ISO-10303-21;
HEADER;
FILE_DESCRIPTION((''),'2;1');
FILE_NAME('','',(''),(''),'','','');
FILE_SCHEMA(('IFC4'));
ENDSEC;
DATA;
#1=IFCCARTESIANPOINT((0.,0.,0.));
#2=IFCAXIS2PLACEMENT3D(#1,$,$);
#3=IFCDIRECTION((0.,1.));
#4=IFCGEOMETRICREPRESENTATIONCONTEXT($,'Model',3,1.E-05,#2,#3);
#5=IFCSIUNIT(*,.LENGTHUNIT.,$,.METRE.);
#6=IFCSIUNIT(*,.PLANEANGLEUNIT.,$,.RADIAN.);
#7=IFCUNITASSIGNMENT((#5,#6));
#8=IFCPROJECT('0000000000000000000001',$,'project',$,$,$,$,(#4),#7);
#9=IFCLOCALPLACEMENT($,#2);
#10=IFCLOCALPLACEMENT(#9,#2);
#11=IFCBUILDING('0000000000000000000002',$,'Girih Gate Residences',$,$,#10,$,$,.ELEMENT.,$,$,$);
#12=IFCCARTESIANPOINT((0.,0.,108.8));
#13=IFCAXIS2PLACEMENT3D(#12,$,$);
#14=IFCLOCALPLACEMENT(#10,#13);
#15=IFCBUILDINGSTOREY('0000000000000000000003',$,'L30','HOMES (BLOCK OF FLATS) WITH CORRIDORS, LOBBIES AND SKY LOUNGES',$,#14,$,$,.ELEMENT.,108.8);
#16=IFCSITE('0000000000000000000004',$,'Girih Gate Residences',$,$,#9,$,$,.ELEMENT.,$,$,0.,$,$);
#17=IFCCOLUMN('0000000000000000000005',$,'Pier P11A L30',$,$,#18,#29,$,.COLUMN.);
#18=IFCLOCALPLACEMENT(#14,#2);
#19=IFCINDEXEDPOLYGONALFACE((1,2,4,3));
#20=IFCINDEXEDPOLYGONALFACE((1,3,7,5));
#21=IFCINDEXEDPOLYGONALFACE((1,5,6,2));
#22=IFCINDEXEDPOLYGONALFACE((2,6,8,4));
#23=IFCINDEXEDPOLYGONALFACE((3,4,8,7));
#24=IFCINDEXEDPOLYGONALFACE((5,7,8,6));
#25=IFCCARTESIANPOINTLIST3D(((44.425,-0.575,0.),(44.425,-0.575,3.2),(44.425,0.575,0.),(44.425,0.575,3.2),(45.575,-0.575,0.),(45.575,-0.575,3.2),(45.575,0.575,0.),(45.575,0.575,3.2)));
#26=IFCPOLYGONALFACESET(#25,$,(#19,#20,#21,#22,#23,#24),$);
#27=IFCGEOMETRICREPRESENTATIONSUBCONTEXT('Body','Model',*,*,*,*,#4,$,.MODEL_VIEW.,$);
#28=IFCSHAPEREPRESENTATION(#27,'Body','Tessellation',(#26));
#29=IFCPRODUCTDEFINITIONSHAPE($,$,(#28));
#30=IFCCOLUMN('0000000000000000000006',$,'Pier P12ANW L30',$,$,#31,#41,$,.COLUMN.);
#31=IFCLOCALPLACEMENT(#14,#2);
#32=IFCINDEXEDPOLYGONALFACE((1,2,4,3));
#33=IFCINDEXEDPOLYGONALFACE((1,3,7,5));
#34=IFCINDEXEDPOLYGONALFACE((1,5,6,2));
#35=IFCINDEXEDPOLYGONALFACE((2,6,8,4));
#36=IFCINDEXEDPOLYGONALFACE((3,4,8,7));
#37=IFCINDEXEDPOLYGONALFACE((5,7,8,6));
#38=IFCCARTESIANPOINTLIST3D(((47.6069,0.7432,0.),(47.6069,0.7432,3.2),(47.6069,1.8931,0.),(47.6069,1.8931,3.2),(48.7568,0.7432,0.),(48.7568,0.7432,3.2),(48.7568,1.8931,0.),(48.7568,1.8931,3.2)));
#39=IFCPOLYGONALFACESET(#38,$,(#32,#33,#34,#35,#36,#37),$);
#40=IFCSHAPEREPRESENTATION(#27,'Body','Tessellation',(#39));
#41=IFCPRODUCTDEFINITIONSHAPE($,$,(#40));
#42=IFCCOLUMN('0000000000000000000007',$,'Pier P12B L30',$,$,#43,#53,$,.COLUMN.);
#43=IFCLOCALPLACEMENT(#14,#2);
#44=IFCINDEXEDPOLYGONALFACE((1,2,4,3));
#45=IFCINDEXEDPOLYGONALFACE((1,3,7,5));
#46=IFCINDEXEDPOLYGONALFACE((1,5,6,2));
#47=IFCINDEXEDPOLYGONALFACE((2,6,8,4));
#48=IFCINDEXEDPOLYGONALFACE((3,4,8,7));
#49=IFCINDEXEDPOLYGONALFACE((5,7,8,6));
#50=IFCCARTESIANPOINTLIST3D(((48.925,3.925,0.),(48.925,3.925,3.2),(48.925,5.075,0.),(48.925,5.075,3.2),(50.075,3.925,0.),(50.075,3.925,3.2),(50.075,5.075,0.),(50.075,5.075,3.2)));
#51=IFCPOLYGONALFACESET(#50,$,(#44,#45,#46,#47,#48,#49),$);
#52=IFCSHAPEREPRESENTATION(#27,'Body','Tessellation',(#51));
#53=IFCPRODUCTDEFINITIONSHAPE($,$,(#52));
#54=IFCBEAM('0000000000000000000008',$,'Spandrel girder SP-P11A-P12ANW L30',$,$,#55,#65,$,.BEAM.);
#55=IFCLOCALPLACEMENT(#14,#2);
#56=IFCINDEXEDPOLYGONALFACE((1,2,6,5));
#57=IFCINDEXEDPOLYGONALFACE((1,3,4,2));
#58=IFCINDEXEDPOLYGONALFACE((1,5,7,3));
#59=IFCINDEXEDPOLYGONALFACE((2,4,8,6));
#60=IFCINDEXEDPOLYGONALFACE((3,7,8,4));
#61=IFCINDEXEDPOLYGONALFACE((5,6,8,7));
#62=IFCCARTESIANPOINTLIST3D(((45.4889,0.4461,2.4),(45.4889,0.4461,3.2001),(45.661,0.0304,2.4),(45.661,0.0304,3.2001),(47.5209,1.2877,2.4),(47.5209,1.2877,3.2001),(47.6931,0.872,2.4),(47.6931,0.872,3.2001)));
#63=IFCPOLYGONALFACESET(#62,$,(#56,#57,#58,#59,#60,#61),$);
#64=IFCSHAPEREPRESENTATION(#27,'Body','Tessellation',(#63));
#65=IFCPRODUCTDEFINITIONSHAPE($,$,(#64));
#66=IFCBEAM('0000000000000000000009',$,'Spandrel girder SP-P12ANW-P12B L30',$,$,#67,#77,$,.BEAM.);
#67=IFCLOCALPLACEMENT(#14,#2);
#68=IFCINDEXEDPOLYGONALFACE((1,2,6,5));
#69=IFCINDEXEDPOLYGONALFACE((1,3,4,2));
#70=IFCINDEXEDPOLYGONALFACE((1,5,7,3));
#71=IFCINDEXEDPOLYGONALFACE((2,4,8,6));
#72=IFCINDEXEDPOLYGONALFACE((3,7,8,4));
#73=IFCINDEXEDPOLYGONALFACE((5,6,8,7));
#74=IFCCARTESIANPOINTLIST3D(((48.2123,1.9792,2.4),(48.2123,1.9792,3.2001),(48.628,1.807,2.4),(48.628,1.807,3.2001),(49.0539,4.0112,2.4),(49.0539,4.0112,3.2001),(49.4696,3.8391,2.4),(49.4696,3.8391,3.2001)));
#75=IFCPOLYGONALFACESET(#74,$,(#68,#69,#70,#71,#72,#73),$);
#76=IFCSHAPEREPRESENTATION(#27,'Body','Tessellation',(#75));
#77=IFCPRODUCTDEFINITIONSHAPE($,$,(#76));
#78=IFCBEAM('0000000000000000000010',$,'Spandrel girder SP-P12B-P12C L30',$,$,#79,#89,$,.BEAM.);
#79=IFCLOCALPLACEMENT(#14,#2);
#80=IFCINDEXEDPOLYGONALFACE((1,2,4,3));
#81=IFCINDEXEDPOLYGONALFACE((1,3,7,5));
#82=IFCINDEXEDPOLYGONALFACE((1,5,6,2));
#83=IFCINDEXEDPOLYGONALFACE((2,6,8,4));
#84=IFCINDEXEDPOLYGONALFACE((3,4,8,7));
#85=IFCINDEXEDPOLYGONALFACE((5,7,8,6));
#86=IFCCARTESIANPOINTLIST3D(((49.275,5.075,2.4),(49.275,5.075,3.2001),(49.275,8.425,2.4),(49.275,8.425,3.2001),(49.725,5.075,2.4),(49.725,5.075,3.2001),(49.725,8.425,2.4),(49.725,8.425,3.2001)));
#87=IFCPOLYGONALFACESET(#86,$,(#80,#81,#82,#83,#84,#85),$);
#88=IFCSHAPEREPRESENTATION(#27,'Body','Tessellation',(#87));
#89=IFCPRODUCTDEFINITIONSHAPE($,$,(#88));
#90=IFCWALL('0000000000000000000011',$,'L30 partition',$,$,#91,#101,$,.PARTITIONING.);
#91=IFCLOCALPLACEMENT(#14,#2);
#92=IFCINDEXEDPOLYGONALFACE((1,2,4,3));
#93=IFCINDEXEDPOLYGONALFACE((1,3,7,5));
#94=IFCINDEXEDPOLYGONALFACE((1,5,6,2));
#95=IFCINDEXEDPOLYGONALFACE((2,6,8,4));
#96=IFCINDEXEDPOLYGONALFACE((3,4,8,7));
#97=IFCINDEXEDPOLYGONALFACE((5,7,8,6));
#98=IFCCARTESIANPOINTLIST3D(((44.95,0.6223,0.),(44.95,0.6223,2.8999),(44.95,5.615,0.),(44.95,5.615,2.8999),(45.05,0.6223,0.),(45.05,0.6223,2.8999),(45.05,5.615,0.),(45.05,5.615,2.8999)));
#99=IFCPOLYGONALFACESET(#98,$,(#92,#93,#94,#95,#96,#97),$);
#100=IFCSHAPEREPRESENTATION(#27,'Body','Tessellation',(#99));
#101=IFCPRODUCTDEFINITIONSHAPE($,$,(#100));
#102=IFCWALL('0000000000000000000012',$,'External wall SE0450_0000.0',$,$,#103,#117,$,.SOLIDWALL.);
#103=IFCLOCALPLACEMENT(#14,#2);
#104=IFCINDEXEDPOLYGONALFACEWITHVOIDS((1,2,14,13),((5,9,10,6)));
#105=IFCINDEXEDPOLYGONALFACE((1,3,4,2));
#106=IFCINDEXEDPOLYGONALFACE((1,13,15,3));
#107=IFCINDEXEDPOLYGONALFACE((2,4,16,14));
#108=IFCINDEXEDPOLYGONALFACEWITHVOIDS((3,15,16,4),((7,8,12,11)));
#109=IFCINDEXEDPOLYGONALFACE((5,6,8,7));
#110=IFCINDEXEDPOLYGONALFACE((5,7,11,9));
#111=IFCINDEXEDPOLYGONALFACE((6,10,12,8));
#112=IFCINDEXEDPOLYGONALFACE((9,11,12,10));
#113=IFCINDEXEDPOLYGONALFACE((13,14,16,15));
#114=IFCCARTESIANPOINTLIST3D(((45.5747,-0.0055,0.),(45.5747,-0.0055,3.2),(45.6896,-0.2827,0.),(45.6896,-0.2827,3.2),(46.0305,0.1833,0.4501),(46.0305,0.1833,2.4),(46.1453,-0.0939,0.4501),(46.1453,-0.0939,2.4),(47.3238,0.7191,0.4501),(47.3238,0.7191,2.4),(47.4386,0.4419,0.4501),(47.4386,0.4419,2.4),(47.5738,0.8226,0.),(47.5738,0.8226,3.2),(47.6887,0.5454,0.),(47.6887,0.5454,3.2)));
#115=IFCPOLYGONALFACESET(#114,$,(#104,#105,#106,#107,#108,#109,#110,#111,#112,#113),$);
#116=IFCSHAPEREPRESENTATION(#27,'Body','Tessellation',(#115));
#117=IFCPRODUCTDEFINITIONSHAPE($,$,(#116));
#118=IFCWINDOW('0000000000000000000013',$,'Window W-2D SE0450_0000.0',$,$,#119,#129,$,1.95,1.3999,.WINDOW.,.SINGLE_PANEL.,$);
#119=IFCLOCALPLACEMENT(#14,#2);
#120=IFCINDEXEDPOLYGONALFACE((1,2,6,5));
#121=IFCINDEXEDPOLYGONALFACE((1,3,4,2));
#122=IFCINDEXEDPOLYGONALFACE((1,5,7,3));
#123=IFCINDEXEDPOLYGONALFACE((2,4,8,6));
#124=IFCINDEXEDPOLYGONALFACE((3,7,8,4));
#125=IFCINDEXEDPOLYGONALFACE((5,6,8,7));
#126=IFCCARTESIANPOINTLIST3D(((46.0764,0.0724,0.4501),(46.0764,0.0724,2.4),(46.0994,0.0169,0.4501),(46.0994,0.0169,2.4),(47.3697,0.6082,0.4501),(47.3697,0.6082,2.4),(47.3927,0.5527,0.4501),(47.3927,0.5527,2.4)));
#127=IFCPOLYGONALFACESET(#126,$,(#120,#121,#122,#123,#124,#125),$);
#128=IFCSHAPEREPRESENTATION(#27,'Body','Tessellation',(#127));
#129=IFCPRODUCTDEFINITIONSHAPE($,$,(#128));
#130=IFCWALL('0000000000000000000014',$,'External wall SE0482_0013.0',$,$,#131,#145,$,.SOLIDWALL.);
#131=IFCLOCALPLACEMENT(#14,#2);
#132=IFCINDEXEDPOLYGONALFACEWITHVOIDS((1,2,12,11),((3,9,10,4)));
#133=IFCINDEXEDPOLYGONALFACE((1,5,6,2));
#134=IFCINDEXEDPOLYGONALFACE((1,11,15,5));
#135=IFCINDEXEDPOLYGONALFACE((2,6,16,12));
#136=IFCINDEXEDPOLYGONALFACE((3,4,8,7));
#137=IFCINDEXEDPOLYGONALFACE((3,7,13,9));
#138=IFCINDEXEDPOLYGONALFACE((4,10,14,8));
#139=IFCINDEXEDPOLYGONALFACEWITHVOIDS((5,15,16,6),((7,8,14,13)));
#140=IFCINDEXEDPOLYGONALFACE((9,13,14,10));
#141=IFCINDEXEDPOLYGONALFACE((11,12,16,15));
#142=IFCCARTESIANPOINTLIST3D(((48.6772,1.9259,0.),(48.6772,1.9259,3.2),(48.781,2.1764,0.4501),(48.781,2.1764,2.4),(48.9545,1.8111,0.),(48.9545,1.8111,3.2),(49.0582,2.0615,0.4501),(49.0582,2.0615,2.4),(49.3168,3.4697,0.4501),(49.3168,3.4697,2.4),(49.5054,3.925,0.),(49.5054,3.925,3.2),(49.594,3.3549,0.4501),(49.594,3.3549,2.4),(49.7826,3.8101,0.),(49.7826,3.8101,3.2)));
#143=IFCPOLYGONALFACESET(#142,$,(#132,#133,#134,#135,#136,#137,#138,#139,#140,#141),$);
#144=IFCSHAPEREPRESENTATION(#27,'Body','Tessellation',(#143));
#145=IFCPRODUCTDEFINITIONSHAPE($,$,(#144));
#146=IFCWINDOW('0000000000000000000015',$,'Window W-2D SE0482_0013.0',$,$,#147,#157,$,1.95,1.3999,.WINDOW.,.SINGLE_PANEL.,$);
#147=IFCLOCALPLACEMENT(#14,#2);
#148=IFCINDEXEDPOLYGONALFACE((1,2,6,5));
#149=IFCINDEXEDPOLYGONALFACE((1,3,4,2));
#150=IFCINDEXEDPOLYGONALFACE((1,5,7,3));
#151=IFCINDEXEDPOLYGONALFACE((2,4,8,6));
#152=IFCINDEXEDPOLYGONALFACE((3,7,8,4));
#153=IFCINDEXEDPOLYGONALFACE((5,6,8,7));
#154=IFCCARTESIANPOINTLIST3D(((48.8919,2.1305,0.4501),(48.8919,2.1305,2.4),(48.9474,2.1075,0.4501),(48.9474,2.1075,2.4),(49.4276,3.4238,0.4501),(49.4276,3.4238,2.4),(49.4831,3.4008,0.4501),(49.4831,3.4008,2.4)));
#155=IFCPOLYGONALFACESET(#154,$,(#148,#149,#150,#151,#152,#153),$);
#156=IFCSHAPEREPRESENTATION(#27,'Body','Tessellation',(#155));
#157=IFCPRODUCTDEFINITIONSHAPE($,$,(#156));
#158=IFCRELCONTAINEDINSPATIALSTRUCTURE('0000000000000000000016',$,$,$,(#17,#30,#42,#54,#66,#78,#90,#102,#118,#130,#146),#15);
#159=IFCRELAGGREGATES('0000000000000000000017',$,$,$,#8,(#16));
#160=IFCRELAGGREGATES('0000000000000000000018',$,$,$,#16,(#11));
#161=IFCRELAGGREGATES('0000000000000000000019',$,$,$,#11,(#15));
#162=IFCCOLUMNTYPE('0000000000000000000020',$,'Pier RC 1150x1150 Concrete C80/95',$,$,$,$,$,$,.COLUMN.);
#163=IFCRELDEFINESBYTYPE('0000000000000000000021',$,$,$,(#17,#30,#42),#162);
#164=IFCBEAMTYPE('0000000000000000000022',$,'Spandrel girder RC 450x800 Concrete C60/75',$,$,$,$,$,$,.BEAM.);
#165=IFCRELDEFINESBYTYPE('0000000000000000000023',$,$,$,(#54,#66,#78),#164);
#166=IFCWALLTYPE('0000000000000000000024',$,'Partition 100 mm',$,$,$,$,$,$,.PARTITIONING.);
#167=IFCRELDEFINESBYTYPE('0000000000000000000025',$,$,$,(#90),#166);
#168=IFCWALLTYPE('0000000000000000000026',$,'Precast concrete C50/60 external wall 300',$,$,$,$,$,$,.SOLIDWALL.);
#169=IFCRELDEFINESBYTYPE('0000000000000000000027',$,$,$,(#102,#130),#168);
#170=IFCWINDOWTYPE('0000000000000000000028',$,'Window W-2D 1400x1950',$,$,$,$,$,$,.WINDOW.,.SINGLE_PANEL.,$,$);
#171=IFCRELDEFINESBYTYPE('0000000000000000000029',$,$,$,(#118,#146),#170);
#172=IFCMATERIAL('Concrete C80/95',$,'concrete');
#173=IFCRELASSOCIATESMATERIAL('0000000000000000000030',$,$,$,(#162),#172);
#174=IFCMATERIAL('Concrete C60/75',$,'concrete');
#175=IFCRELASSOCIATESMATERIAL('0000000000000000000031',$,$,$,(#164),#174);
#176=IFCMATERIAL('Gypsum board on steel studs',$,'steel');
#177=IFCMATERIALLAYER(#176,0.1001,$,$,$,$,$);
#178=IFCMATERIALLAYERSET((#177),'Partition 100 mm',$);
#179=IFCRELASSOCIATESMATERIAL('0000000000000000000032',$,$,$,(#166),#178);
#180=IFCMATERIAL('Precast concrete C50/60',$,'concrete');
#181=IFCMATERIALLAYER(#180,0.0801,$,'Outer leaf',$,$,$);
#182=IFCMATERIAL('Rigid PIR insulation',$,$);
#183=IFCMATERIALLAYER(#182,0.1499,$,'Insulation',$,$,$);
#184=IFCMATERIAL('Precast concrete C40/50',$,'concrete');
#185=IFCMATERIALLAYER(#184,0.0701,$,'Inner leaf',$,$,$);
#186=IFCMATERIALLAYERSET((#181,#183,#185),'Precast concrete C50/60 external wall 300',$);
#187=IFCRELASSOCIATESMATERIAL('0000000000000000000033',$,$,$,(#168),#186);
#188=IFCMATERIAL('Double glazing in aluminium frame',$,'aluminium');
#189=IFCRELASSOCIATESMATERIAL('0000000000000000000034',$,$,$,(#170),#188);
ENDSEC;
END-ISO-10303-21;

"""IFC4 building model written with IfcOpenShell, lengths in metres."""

from ifc_helpers import new_model, si_unit, direction, frame, frame_2d, origin, origin_2d, place, context, subcontext, project, spatial, rectangle, extrude, material, layer, layer_set, material_profile, profile_set, type_object, element, fill, save


model = new_model("IFC4")

# Units and contexts
model_context = context("Model", 3, precision=1e-05, world=origin(), true_north=direction((0.0, 1.0)))
body_context = subcontext(model_context, "Body", "Model", "MODEL_VIEW")
ifc_project = project(units=[si_unit("LENGTHUNIT", "METRE"), si_unit("PLANEANGLEUNIT", "RADIAN")], contexts=[model_context])

# Site, building, storey
site_placement = place(None, origin())
site = spatial("IfcSite", under=ifc_project, at=site_placement, Name="Girih Gate Residences", CompositionType="ELEMENT", RefElevation=0.0)
building_placement = place(site_placement, origin())
building = spatial("IfcBuilding", under=site, at=building_placement, Name="Girih Gate Residences", CompositionType="ELEMENT")
storey_placement = place(building_placement, frame((0.0, 0.0, 108.8)))
storey = spatial("IfcBuildingStorey", under=building, at=storey_placement, Name="L30", Description="HOMES (BLOCK OF FLATS) WITH CORRIDORS, LOBBIES AND SKY LOUNGES", CompositionType="ELEMENT", Elevation=108.8)

# Columns
ifc_material_1 = material(Name="Concrete C80/95", Category="concrete")
ifc_material_profile_1 = material_profile(ifc_material_1, rectangle(XDim=1.1499, YDim=1.1499, at=origin_2d()))
ifc_profile_set_1 = profile_set([ifc_material_profile_1], Name="Concrete C80/95")
column_type = type_object("IfcColumnType", Name="Pier RC 1150x1150 Concrete C80/95", PredefinedType="COLUMN", material=ifc_profile_set_1)
for number, where, z_axis, x_axis, name in (
    (1, (45.0, 0.0, 0.0), (0.0, 0.0, 1.0), (1.0, 0.0, 0.0), "Pier P11A L30"),
    (2, (48.1819, 1.3181, 0.0), (0.0, 0.0, 1.0), (1.0, 0.0, 0.0), "Pier P12ANW L30"),
    (3, (49.5, 4.5, 0.0), (0.0, 0.0, 1.0), (1.0, 0.0, 0.0), "Pier P12B L30"),
):
    element("IfcColumn", number, at=place(storey_placement, frame(where, z_axis=z_axis, x_axis=x_axis)), inside=storey, type_object=column_type, Name=name, PredefinedType="COLUMN", context=body_context, shape_type="SweptSolid", body=[
        extrude(rectangle(XDim=1.1499, YDim=1.1499, at=origin_2d()), origin(), (0.0, 0.0, 1.0), 3.2),
    ])

# Beams
ifc_material_2 = material(Name="Concrete C60/75", Category="concrete")
ifc_material_profile_2 = material_profile(ifc_material_2, rectangle(XDim=0.45, YDim=0.8, at=origin_2d()))
ifc_profile_set_2 = profile_set([ifc_material_profile_2], Name="Concrete C60/75")
beam_type = type_object("IfcBeamType", Name="Spandrel girder RC 450x800 Concrete C60/75", PredefinedType="BEAM", material=ifc_profile_set_2)
for number, where, z_axis, x_axis, name in (
    (4, (45.575, 0.2383, 2.8), (0.923899, 0.382636, 0.0), (-0.382636, 0.923899, 0.0), "Spandrel girder SP-P11A-P12ANW L30"),
    (5, (48.4202, 1.8931, 2.8), (0.382636, 0.923899, 0.0), (-0.923899, 0.382636, 0.0), "Spandrel girder SP-P12ANW-P12B L30"),
):
    element("IfcBeam", number, at=place(storey_placement, frame(where, z_axis=z_axis, x_axis=x_axis)), inside=storey, type_object=beam_type, Name=name, PredefinedType="BEAM", context=body_context, shape_type="SweptSolid", body=[
        extrude(rectangle(XDim=0.45, YDim=0.8, at=origin_2d()), origin(), (0.0, 0.0, 1.0), 2.1995),
    ])
beam_placement = place(storey_placement, frame((49.5, 5.075, 2.8), z_axis=(0.0, 1.0, 0.0), x_axis=(-1.0, 0.0, 0.0)))
element("IfcBeam", 6, at=beam_placement, inside=storey, type_object=beam_type, Name="Spandrel girder SP-P12B-P12C L30", PredefinedType="BEAM", context=body_context, shape_type="SweptSolid", body=[
    extrude(rectangle(XDim=0.45, YDim=0.8, at=origin_2d()), origin(), (0.0, 0.0, 1.0), 3.3501),
])

# Wall
ifc_material_3 = material(Name="Gypsum board on steel studs", Category="steel")
ifc_layer_1 = layer(ifc_material_3, 0.1001)
ifc_layer_set_1 = layer_set([ifc_layer_1], Name="Partition 100 mm")
wall_type_1 = type_object("IfcWallType", Name="Partition 100 mm", PredefinedType="PARTITIONING", material=ifc_layer_set_1)
wall_1_placement = place(storey_placement, frame((45.0, 0.6223, 0.0), z_axis=(0.0, 0.0, 1.0), x_axis=(0.0, 1.0, 0.0)))
element("IfcWall", 7, at=wall_1_placement, inside=storey, type_object=wall_type_1, Name="L30 partition", PredefinedType="PARTITIONING", context=body_context, shape_type="SweptSolid", body=[
    extrude(rectangle(XDim=4.9927, YDim=0.1001, at=frame_2d((2.4963, 0.0))), origin(), (0.0, 0.0, 1.0), 2.8999),
])

# Walls, openings, windows
ifc_material_4 = material(Name="Precast concrete C50/60", Category="concrete")
ifc_layer_2 = layer(ifc_material_4, 0.0801, Name="Outer leaf")
ifc_material_5 = material(Name="Rigid PIR insulation")
ifc_layer_3 = layer(ifc_material_5, 0.1499, Name="Insulation")
ifc_material_6 = material(Name="Precast concrete C40/50", Category="concrete")
ifc_layer_4 = layer(ifc_material_6, 0.0701, Name="Inner leaf")
ifc_layer_set_2 = layer_set([ifc_layer_2, ifc_layer_3, ifc_layer_4], Name="Precast concrete C50/60 external wall 300")
wall_type_2 = type_object("IfcWallType", Name="Precast concrete C50/60 external wall 300", PredefinedType="SOLIDWALL", material=ifc_layer_set_2)
wall_2_placement = place(storey_placement, frame((47.6313, 0.6841, 0.0), z_axis=(0.0, 0.0, 1.0), x_axis=(-0.923863, -0.382724, 0.0)))
wall_2 = element("IfcWall", 8, at=wall_2_placement, inside=storey, type_object=wall_type_2, Name="External wall SE0450_0000.0", PredefinedType="SOLIDWALL", context=body_context, shape_type="SweptSolid", body=[
    extrude(rectangle(XDim=2.1638, YDim=0.3, at=frame_2d((1.082, 0.0))), origin(), (0.0, 0.0, 1.0), 3.2),
])
opening_1_placement = place(wall_2_placement, frame((0.2708, 0.0, 0.45)))
opening_1 = element("IfcOpeningElement", 9, at=opening_1_placement, cuts=wall_2, PredefinedType="OPENING", context=body_context, shape_type="SweptSolid", body=[
    extrude(rectangle(XDim=1.3999, YDim=1.95, at=frame_2d((0.7, 0.9751))), frame((0.0, 0.1599, 0.0), z_axis=(0.0, -1.0, 0.0), x_axis=(1.0, 0.0, 0.0)), (0.0, 0.0, 1.0), 0.3201),
])
ifc_material_7 = material(Name="Double glazing in aluminium frame", Category="aluminium")
window_type_1 = type_object("IfcWindowType", Name="Window W-2D 1400x1950", PartitioningType="SINGLE_PANEL", PredefinedType="WINDOW", material=ifc_material_7)
window_1_placement = place(opening_1_placement, origin())
window_1 = element("IfcWindow", 10, at=window_1_placement, inside=storey, type_object=window_type_1, Name="Window W-2D SE0450_0000.0", OverallHeight=1.95, OverallWidth=1.3999, PartitioningType="SINGLE_PANEL", PredefinedType="WINDOW", context=body_context, shape_type="SweptSolid", body=[
    extrude(rectangle(XDim=1.3999, YDim=1.95, at=frame_2d((0.7, 0.9751))), frame((0.0, 0.03, 0.0), z_axis=(0.0, -1.0, 0.0), x_axis=(1.0, 0.0, 0.0)), (0.0, 0.0, 1.0), 0.0601),
])
fill(opening_1, window_1)
wall_3_placement = place(storey_placement, frame((49.644, 3.8677, 0.0), z_axis=(0.0, 0.0, 1.0), x_axis=(-0.382724, -0.923863, 0.0)))
wall_3 = element("IfcWall", 11, at=wall_3_placement, inside=storey, type_object=wall_type_2, Name="External wall SE0482_0013.0", PredefinedType="SOLIDWALL", context=body_context, shape_type="SweptSolid", body=[
    extrude(rectangle(XDim=2.1638, YDim=0.3, at=frame_2d((1.082, 0.0))), origin(), (0.0, 0.0, 1.0), 3.2),
])
opening_2_placement = place(wall_3_placement, frame((0.4929, 0.0, 0.45)))
opening_2 = element("IfcOpeningElement", 12, at=opening_2_placement, cuts=wall_3, PredefinedType="OPENING", context=body_context, shape_type="SweptSolid", body=[
    extrude(rectangle(XDim=1.3999, YDim=1.95, at=frame_2d((0.7, 0.9751))), frame((0.0, 0.1599, 0.0), z_axis=(0.0, -1.0, 0.0), x_axis=(1.0, 0.0, 0.0)), (0.0, 0.0, 1.0), 0.3201),
])
window_2_placement = place(opening_2_placement, origin())
window_2 = element("IfcWindow", 13, at=window_2_placement, inside=storey, type_object=window_type_1, Name="Window W-2D SE0482_0013.0", OverallHeight=1.95, OverallWidth=1.3999, PartitioningType="SINGLE_PANEL", PredefinedType="WINDOW", context=body_context, shape_type="SweptSolid", body=[
    extrude(rectangle(XDim=1.3999, YDim=1.95, at=frame_2d((0.7, 0.9751))), frame((0.0, 0.03, 0.0), z_axis=(0.0, -1.0, 0.0), x_axis=(1.0, 0.0, 0.0)), (0.0, 0.0, 1.0), 0.0601),
])
fill(opening_2, window_2)

save(model, "model.ifc")
